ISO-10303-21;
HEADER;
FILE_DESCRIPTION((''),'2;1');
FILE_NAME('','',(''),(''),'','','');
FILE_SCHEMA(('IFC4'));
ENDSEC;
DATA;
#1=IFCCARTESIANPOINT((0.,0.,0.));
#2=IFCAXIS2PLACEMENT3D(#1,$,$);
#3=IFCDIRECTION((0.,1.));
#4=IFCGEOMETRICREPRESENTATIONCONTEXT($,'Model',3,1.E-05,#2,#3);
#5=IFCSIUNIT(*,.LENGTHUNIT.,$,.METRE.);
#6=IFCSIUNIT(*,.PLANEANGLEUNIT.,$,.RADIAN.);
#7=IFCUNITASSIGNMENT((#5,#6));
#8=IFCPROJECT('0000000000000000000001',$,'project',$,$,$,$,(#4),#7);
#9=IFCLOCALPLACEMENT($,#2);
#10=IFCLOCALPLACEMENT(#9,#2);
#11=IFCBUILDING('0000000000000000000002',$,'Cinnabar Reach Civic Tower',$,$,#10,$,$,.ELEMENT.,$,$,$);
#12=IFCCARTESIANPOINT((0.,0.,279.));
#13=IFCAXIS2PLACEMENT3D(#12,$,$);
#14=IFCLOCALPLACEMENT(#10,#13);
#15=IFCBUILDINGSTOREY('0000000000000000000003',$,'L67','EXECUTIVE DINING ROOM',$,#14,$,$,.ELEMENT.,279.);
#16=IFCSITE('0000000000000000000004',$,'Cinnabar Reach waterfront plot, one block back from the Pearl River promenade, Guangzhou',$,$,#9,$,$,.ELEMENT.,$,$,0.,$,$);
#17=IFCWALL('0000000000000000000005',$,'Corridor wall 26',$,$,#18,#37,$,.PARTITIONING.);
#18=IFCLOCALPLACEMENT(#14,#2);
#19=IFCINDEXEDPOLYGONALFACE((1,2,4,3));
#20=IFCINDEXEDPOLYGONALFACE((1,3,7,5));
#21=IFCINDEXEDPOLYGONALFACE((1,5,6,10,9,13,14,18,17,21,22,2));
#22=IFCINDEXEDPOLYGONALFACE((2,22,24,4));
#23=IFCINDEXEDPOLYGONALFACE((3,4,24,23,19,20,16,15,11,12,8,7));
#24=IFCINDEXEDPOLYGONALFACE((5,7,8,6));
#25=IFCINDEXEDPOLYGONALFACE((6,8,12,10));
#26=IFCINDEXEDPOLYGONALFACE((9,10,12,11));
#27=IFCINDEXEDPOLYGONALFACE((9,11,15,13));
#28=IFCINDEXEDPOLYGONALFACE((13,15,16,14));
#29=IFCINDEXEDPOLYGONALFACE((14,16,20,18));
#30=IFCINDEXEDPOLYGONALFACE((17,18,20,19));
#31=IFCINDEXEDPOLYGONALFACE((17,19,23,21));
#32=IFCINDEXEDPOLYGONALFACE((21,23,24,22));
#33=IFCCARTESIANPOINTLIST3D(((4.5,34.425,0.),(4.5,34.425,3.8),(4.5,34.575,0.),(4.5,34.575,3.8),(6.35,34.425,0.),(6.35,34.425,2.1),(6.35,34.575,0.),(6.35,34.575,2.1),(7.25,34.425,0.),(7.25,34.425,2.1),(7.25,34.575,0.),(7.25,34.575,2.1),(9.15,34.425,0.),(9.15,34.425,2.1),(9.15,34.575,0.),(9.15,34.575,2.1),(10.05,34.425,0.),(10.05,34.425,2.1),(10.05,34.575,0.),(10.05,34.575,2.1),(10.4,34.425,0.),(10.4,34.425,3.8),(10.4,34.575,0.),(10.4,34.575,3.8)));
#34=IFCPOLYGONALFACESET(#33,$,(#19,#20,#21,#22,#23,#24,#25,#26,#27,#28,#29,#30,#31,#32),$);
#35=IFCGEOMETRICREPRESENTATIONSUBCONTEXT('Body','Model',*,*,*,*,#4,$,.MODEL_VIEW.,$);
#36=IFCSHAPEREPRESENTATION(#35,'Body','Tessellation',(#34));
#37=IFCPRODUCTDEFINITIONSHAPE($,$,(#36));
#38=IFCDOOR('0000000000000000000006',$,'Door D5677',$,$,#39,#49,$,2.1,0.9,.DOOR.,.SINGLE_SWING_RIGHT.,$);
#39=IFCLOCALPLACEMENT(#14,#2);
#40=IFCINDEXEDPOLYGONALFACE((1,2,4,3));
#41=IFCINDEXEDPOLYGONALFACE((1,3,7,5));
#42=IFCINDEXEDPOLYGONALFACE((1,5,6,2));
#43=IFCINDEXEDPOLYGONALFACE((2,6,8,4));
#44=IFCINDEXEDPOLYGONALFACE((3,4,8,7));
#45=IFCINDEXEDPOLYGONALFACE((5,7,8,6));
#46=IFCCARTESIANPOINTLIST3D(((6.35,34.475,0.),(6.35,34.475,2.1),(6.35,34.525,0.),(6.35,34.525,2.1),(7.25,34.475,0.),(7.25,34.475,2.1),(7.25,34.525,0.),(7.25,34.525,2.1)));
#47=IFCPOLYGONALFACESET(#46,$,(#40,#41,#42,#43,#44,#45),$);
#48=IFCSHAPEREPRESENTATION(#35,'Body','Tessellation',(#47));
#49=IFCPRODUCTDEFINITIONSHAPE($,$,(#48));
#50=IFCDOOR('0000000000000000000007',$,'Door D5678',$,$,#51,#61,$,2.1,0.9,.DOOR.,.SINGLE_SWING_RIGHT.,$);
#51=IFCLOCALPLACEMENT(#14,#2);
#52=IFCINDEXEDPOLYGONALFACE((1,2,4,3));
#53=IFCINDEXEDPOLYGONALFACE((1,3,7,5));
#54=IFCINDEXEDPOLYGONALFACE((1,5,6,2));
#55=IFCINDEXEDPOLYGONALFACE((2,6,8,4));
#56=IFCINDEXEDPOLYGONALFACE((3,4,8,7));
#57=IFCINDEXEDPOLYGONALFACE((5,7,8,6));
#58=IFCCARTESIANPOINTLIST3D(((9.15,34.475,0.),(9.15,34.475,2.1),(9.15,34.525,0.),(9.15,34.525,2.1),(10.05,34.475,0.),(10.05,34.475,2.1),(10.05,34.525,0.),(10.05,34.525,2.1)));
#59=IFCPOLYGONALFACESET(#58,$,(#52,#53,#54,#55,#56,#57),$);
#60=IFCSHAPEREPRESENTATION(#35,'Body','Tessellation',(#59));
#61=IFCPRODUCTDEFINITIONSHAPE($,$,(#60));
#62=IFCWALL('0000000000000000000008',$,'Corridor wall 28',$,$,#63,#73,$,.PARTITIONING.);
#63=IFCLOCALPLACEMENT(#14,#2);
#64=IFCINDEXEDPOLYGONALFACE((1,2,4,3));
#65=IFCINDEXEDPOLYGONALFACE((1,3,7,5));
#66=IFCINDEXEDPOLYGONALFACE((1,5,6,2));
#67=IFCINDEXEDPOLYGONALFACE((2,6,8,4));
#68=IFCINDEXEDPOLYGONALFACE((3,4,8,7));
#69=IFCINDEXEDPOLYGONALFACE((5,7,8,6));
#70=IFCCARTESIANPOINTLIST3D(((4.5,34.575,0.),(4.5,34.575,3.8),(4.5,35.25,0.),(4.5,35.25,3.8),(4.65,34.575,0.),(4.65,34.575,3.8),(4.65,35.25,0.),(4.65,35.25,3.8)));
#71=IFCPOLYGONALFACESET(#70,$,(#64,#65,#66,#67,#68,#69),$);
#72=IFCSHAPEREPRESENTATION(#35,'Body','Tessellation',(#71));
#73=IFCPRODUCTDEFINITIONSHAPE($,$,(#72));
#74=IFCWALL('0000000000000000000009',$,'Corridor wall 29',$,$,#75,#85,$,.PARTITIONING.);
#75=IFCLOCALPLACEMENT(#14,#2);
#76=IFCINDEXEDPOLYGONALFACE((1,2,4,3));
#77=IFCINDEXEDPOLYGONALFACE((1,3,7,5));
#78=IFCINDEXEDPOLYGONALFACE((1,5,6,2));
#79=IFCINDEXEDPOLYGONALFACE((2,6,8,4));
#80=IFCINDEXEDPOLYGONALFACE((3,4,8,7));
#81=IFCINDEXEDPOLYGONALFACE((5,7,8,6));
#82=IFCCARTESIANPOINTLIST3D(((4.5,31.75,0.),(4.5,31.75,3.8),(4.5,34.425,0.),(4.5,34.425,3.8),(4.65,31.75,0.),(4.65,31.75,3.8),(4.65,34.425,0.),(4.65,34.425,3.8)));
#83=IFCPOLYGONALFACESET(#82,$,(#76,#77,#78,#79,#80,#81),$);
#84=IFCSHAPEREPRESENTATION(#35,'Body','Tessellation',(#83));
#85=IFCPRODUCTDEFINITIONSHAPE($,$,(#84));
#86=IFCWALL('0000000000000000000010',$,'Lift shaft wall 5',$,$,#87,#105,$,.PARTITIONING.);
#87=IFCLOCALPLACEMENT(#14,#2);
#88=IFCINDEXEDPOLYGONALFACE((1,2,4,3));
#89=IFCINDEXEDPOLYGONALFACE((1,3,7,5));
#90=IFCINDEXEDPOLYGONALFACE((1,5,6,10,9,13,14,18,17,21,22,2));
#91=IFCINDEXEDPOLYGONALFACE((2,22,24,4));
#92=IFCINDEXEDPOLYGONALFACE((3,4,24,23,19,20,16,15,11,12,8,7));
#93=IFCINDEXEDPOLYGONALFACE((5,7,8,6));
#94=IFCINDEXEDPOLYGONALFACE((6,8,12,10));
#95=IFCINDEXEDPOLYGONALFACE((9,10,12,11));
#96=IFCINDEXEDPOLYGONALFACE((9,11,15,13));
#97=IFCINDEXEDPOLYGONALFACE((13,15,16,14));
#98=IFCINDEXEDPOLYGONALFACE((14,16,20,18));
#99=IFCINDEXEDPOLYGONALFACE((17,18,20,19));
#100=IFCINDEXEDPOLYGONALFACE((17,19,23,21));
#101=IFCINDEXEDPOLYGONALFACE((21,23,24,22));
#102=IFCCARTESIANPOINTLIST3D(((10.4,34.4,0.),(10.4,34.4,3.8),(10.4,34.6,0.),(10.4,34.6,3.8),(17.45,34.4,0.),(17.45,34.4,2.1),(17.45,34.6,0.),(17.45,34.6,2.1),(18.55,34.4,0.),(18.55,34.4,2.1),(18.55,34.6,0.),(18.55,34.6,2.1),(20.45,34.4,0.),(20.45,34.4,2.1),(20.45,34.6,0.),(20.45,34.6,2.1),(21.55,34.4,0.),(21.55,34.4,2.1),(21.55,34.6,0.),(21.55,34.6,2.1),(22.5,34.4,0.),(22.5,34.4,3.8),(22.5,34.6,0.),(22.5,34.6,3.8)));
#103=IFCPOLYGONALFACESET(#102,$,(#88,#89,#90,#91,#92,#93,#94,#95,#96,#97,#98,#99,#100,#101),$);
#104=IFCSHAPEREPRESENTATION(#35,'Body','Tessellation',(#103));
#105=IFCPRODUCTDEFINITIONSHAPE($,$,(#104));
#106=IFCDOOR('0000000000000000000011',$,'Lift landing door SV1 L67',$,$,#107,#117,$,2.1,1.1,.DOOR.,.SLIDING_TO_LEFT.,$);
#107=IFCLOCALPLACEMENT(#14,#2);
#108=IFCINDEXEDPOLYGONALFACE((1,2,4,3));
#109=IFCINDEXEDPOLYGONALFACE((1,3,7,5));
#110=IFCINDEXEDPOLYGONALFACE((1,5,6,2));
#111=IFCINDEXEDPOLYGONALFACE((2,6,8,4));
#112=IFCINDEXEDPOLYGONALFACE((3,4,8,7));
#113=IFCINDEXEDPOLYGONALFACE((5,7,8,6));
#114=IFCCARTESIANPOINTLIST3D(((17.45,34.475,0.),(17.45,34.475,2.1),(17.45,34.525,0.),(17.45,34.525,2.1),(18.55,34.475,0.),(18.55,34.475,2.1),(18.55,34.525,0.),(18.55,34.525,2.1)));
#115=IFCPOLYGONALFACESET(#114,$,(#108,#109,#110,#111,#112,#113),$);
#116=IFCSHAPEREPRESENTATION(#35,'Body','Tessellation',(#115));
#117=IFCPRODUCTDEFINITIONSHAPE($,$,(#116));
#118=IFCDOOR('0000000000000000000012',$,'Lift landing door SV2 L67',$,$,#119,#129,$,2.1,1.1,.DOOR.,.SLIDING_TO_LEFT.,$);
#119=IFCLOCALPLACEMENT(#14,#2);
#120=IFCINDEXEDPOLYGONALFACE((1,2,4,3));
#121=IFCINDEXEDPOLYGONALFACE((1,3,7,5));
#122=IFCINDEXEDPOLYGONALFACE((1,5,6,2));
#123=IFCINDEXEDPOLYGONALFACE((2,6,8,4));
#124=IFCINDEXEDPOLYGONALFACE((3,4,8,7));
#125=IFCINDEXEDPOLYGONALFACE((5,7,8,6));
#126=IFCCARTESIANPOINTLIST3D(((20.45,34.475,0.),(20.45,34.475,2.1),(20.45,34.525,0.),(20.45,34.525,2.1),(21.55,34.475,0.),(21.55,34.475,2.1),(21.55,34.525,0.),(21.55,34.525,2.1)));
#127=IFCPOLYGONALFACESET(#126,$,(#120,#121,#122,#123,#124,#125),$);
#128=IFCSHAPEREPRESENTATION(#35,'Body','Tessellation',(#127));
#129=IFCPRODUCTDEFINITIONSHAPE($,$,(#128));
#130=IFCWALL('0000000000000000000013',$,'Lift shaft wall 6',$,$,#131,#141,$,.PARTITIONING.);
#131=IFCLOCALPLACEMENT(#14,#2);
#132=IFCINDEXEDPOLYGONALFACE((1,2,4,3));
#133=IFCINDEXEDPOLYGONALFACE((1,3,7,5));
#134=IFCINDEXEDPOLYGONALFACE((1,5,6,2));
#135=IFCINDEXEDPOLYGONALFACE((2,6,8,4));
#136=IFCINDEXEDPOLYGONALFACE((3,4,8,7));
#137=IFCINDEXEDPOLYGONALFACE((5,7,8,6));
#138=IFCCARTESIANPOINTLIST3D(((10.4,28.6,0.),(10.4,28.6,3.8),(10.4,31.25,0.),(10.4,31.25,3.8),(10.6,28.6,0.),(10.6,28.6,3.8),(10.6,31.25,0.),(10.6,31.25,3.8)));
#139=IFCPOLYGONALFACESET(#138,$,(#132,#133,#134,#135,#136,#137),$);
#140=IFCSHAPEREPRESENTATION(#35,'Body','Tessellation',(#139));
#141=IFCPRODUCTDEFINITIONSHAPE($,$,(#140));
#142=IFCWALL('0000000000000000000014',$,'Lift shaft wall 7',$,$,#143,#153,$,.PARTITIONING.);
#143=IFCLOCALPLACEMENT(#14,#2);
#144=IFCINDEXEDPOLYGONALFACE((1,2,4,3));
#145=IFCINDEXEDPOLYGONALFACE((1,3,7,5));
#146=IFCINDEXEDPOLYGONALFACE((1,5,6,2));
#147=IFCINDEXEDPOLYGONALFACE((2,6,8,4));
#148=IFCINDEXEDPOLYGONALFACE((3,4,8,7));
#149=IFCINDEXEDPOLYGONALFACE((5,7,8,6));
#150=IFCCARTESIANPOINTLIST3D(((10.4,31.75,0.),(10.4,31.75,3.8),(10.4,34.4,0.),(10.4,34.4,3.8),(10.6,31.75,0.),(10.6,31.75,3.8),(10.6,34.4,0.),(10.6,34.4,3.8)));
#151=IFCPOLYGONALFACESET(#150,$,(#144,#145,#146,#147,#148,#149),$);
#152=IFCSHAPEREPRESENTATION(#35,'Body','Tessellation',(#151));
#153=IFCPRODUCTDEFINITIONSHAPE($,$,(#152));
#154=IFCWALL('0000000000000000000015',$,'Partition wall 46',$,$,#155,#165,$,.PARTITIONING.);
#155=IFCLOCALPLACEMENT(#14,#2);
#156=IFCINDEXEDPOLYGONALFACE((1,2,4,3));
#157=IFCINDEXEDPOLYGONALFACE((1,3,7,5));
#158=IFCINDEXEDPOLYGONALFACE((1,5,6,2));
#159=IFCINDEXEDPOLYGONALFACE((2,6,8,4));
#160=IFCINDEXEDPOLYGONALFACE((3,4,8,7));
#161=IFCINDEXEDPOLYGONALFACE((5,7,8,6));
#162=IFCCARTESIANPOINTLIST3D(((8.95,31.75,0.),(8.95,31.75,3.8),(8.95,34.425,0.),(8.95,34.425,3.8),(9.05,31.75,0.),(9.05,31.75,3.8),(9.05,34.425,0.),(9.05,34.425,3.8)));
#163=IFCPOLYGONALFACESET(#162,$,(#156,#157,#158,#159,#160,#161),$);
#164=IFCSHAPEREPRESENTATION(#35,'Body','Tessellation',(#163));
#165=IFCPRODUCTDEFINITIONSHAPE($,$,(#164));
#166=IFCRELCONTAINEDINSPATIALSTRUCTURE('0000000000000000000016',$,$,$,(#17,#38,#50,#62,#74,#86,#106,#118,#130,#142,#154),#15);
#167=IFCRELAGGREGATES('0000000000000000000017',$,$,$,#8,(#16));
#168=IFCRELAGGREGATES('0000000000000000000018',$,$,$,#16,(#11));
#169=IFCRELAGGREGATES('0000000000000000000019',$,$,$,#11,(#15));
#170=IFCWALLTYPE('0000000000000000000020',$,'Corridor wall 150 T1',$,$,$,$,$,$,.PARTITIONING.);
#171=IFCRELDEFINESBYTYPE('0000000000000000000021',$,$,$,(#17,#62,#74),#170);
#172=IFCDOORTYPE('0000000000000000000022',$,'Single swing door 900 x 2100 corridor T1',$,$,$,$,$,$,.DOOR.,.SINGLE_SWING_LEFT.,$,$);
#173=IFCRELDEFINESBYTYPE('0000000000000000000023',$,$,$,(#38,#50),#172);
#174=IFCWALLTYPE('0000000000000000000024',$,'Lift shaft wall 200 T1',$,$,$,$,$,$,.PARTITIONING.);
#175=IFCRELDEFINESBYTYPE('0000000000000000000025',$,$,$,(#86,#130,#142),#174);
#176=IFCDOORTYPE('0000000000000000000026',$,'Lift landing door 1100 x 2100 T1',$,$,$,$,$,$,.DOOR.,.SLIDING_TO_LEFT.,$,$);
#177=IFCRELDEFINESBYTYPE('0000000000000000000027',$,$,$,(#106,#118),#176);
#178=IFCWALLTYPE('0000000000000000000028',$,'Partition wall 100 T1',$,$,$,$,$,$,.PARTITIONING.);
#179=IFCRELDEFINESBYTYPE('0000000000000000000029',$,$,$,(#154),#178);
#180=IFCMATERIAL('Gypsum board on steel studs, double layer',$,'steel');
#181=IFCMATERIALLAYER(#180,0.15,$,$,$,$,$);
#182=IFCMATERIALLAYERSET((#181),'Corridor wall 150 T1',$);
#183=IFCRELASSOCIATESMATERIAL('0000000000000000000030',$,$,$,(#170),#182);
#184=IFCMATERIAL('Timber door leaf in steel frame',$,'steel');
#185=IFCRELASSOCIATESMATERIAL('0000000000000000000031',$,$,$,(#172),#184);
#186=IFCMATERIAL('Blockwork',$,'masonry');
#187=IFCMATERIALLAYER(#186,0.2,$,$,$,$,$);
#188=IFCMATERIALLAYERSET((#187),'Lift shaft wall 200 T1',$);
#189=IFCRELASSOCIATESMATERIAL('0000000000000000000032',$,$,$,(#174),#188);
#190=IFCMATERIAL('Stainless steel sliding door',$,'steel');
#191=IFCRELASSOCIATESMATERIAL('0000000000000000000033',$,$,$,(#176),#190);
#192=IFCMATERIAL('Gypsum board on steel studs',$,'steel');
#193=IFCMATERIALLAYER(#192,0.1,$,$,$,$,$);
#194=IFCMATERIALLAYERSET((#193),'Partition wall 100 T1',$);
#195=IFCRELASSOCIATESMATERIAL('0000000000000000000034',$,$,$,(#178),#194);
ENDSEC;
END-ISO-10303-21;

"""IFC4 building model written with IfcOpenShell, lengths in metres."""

from ifc_helpers import new_model, si_unit, direction, frame, frame_2d, origin, place, context, subcontext, project, spatial, rectangle, extrude, material, layer, layer_set, type_object, element, fill, save


model = new_model("IFC4")

# Units and contexts
model_context = context("Model", 3, precision=1e-05, world=origin(), true_north=direction((0.0, 1.0)))
body_context = subcontext(model_context, "Body", "Model", "MODEL_VIEW")
ifc_project = project(units=[si_unit("LENGTHUNIT", "METRE"), si_unit("PLANEANGLEUNIT", "RADIAN")], contexts=[model_context])

# Site, building, storey
site_placement = place(None, origin())
site = spatial("IfcSite", under=ifc_project, at=site_placement, Name="Cinnabar Reach waterfront plot, one block back from the Pearl River promenade, Guangzhou", CompositionType="ELEMENT", RefElevation=0.0)
building_placement = place(site_placement, origin())
building = spatial("IfcBuilding", under=site, at=building_placement, Name="Cinnabar Reach Civic Tower", CompositionType="ELEMENT")
storey_placement = place(building_placement, frame((0.0, 0.0, 279.0)))
storey = spatial("IfcBuildingStorey", under=building, at=storey_placement, Name="L67", Description="EXECUTIVE DINING ROOM", CompositionType="ELEMENT", Elevation=279.0)

# Shared definitions
ifc_material_1 = material(Name="Timber door leaf in steel frame", Category="steel")

# Wall, openings, doors
ifc_material_2 = material(Name="Gypsum board on steel studs, double layer", Category="steel")
ifc_layer_1 = layer(ifc_material_2, 0.15)
ifc_layer_set_1 = layer_set([ifc_layer_1], Name="Corridor wall 150 T1")
wall_type_1 = type_object("IfcWallType", Name="Corridor wall 150 T1", PredefinedType="PARTITIONING", material=ifc_layer_set_1)
wall_1_placement = place(storey_placement, frame((4.5, 34.5, 0.0), z_axis=(0.0, 0.0, 1.0), x_axis=(1.0, 0.0, 0.0)))
wall_1 = element("IfcWall", 1, at=wall_1_placement, inside=storey, type_object=wall_type_1, Name="Corridor wall 26", PredefinedType="PARTITIONING", context=body_context, shape_type="SweptSolid", body=[
    extrude(rectangle(XDim=5.9, YDim=0.15, at=frame_2d((2.95, 0.0))), origin(), (0.0, 0.0, 1.0), 3.8),
])
opening_1_placement = place(wall_1_placement, frame((1.85, 0.0, 0.0)))
opening_1 = element("IfcOpeningElement", 2, at=opening_1_placement, cuts=wall_1, PredefinedType="OPENING", context=body_context, shape_type="SweptSolid", body=[
    extrude(rectangle(XDim=0.9, YDim=2.1, at=frame_2d((0.45, 1.05))), frame((0.0, 0.085, 0.0), z_axis=(0.0, -1.0, 0.0), x_axis=(1.0, 0.0, 0.0)), (0.0, 0.0, 1.0), 0.17),
])
opening_2_placement = place(wall_1_placement, frame((4.65, 0.0, 0.0)))
opening_2 = element("IfcOpeningElement", 3, at=opening_2_placement, cuts=wall_1, PredefinedType="OPENING", context=body_context, shape_type="SweptSolid", body=[
    extrude(rectangle(XDim=0.9, YDim=2.1, at=frame_2d((0.45, 1.05))), frame((0.0, 0.085, 0.0), z_axis=(0.0, -1.0, 0.0), x_axis=(1.0, 0.0, 0.0)), (0.0, 0.0, 1.0), 0.17),
])
door_type_1 = type_object("IfcDoorType", Name="Single swing door 900 x 2100 corridor T1", OperationType="SINGLE_SWING_LEFT", PredefinedType="DOOR", material=ifc_material_1)
door_1_placement = place(opening_1_placement, frame((0.9, 0.0, 0.0), z_axis=(0.0, 0.0, 1.0), x_axis=(-1.0, 0.0, 0.0)))
door_1 = element("IfcDoor", 4, at=door_1_placement, inside=storey, type_object=door_type_1, Name="Door D5677", OperationType="SINGLE_SWING_RIGHT", OverallHeight=2.1, OverallWidth=0.9, PredefinedType="DOOR", context=body_context, shape_type="SweptSolid", body=[
    extrude(rectangle(XDim=0.9, YDim=2.1, at=frame_2d((0.45, 1.05))), frame((0.0, 0.025, 0.0), z_axis=(0.0, -1.0, 0.0), x_axis=(1.0, 0.0, 0.0)), (0.0, 0.0, 1.0), 0.05),
])
fill(opening_1, door_1)
door_2_placement = place(opening_2_placement, frame((0.9, 0.0, 0.0), z_axis=(0.0, 0.0, 1.0), x_axis=(-1.0, 0.0, 0.0)))
door_2 = element("IfcDoor", 5, at=door_2_placement, inside=storey, type_object=door_type_1, Name="Door D5678", OperationType="SINGLE_SWING_RIGHT", OverallHeight=2.1, OverallWidth=0.9, PredefinedType="DOOR", context=body_context, shape_type="SweptSolid", body=[
    extrude(rectangle(XDim=0.9, YDim=2.1, at=frame_2d((0.45, 1.05))), frame((0.0, 0.025, 0.0), z_axis=(0.0, -1.0, 0.0), x_axis=(1.0, 0.0, 0.0)), (0.0, 0.0, 1.0), 0.05),
])
fill(opening_2, door_2)

# Walls
wall_2_placement = place(storey_placement, frame((4.575, 34.575, 0.0), z_axis=(0.0, 0.0, 1.0), x_axis=(0.0, 1.0, 0.0)))
element("IfcWall", 6, at=wall_2_placement, inside=storey, type_object=wall_type_1, Name="Corridor wall 28", PredefinedType="PARTITIONING", context=body_context, shape_type="SweptSolid", body=[
    extrude(rectangle(XDim=0.675, YDim=0.15, at=frame_2d((0.3375, 0.0))), origin(), (0.0, 0.0, 1.0), 3.8),
])
wall_3_placement = place(storey_placement, frame((4.575, 31.75, 0.0), z_axis=(0.0, 0.0, 1.0), x_axis=(0.0, 1.0, 0.0)))
element("IfcWall", 7, at=wall_3_placement, inside=storey, type_object=wall_type_1, Name="Corridor wall 29", PredefinedType="PARTITIONING", context=body_context, shape_type="SweptSolid", body=[
    extrude(rectangle(XDim=2.675, YDim=0.15, at=frame_2d((1.3375, 0.0))), origin(), (0.0, 0.0, 1.0), 3.8),
])

# Wall, openings, doors
ifc_material_3 = material(Name="Blockwork", Category="masonry")
ifc_layer_2 = layer(ifc_material_3, 0.2)
ifc_layer_set_2 = layer_set([ifc_layer_2], Name="Lift shaft wall 200 T1")
wall_type_2 = type_object("IfcWallType", Name="Lift shaft wall 200 T1", PredefinedType="PARTITIONING", material=ifc_layer_set_2)
wall_4_placement = place(storey_placement, frame((10.4, 34.5, 0.0), z_axis=(0.0, 0.0, 1.0), x_axis=(1.0, 0.0, 0.0)))
wall_4 = element("IfcWall", 8, at=wall_4_placement, inside=storey, type_object=wall_type_2, Name="Lift shaft wall 5", PredefinedType="PARTITIONING", context=body_context, shape_type="SweptSolid", body=[
    extrude(rectangle(XDim=12.1, YDim=0.2, at=frame_2d((6.05, 0.0))), origin(), (0.0, 0.0, 1.0), 3.8),
])
opening_3_placement = place(wall_4_placement, frame((7.05, 0.0, 0.0)))
opening_3 = element("IfcOpeningElement", 9, at=opening_3_placement, cuts=wall_4, PredefinedType="OPENING", context=body_context, shape_type="SweptSolid", body=[
    extrude(rectangle(XDim=1.1, YDim=2.1, at=frame_2d((0.55, 1.05))), frame((0.0, 0.11, 0.0), z_axis=(0.0, -1.0, 0.0), x_axis=(1.0, 0.0, 0.0)), (0.0, 0.0, 1.0), 0.22),
])
opening_4_placement = place(wall_4_placement, frame((10.05, 0.0, 0.0)))
opening_4 = element("IfcOpeningElement", 10, at=opening_4_placement, cuts=wall_4, PredefinedType="OPENING", context=body_context, shape_type="SweptSolid", body=[
    extrude(rectangle(XDim=1.1, YDim=2.1, at=frame_2d((0.55, 1.05))), frame((0.0, 0.11, 0.0), z_axis=(0.0, -1.0, 0.0), x_axis=(1.0, 0.0, 0.0)), (0.0, 0.0, 1.0), 0.22),
])
ifc_material_4 = material(Name="Stainless steel sliding door", Category="steel")
door_type_2 = type_object("IfcDoorType", Name="Lift landing door 1100 x 2100 T1", OperationType="SLIDING_TO_LEFT", PredefinedType="DOOR", material=ifc_material_4)
door_3_placement = place(opening_3_placement, origin())
door_3 = element("IfcDoor", 11, at=door_3_placement, inside=storey, type_object=door_type_2, Name="Lift landing door SV1 L67", OperationType="SLIDING_TO_LEFT", OverallHeight=2.1, OverallWidth=1.1, PredefinedType="DOOR", context=body_context, shape_type="SweptSolid", body=[
    extrude(rectangle(XDim=1.1, YDim=2.1, at=frame_2d((0.55, 1.05))), frame((0.0, 0.025, 0.0), z_axis=(0.0, -1.0, 0.0), x_axis=(1.0, 0.0, 0.0)), (0.0, 0.0, 1.0), 0.05),
])
fill(opening_3, door_3)
door_4_placement = place(opening_4_placement, origin())
door_4 = element("IfcDoor", 12, at=door_4_placement, inside=storey, type_object=door_type_2, Name="Lift landing door SV2 L67", OperationType="SLIDING_TO_LEFT", OverallHeight=2.1, OverallWidth=1.1, PredefinedType="DOOR", context=body_context, shape_type="SweptSolid", body=[
    extrude(rectangle(XDim=1.1, YDim=2.1, at=frame_2d((0.55, 1.05))), frame((0.0, 0.025, 0.0), z_axis=(0.0, -1.0, 0.0), x_axis=(1.0, 0.0, 0.0)), (0.0, 0.0, 1.0), 0.05),
])
fill(opening_4, door_4)

# Walls
for number, where, z_axis, x_axis, name in (
    (13, (10.5, 28.6, 0.0), (0.0, 0.0, 1.0), (0.0, 1.0, 0.0), "Lift shaft wall 6"),
    (14, (10.5, 31.75, 0.0), (0.0, 0.0, 1.0), (0.0, 1.0, 0.0), "Lift shaft wall 7"),
):
    element("IfcWall", number, at=place(storey_placement, frame(where, z_axis=z_axis, x_axis=x_axis)), inside=storey, type_object=wall_type_2, Name=name, PredefinedType="PARTITIONING", context=body_context, shape_type="SweptSolid", body=[
        extrude(rectangle(XDim=2.65, YDim=0.2, at=frame_2d((1.325, 0.0))), origin(), (0.0, 0.0, 1.0), 3.8),
    ])
ifc_material_5 = material(Name="Gypsum board on steel studs", Category="steel")
ifc_layer_3 = layer(ifc_material_5, 0.1)
ifc_layer_set_3 = layer_set([ifc_layer_3], Name="Partition wall 100 T1")
wall_type_3 = type_object("IfcWallType", Name="Partition wall 100 T1", PredefinedType="PARTITIONING", material=ifc_layer_set_3)
wall_5_placement = place(storey_placement, frame((9.0, 31.75, 0.0), z_axis=(0.0, 0.0, 1.0), x_axis=(0.0, 1.0, 0.0)))
element("IfcWall", 15, at=wall_5_placement, inside=storey, type_object=wall_type_3, Name="Partition wall 46", PredefinedType="PARTITIONING", context=body_context, shape_type="SweptSolid", body=[
    extrude(rectangle(XDim=2.675, YDim=0.1, at=frame_2d((1.3375, 0.0))), origin(), (0.0, 0.0, 1.0), 3.8),
])

save(model, "model.ifc")
